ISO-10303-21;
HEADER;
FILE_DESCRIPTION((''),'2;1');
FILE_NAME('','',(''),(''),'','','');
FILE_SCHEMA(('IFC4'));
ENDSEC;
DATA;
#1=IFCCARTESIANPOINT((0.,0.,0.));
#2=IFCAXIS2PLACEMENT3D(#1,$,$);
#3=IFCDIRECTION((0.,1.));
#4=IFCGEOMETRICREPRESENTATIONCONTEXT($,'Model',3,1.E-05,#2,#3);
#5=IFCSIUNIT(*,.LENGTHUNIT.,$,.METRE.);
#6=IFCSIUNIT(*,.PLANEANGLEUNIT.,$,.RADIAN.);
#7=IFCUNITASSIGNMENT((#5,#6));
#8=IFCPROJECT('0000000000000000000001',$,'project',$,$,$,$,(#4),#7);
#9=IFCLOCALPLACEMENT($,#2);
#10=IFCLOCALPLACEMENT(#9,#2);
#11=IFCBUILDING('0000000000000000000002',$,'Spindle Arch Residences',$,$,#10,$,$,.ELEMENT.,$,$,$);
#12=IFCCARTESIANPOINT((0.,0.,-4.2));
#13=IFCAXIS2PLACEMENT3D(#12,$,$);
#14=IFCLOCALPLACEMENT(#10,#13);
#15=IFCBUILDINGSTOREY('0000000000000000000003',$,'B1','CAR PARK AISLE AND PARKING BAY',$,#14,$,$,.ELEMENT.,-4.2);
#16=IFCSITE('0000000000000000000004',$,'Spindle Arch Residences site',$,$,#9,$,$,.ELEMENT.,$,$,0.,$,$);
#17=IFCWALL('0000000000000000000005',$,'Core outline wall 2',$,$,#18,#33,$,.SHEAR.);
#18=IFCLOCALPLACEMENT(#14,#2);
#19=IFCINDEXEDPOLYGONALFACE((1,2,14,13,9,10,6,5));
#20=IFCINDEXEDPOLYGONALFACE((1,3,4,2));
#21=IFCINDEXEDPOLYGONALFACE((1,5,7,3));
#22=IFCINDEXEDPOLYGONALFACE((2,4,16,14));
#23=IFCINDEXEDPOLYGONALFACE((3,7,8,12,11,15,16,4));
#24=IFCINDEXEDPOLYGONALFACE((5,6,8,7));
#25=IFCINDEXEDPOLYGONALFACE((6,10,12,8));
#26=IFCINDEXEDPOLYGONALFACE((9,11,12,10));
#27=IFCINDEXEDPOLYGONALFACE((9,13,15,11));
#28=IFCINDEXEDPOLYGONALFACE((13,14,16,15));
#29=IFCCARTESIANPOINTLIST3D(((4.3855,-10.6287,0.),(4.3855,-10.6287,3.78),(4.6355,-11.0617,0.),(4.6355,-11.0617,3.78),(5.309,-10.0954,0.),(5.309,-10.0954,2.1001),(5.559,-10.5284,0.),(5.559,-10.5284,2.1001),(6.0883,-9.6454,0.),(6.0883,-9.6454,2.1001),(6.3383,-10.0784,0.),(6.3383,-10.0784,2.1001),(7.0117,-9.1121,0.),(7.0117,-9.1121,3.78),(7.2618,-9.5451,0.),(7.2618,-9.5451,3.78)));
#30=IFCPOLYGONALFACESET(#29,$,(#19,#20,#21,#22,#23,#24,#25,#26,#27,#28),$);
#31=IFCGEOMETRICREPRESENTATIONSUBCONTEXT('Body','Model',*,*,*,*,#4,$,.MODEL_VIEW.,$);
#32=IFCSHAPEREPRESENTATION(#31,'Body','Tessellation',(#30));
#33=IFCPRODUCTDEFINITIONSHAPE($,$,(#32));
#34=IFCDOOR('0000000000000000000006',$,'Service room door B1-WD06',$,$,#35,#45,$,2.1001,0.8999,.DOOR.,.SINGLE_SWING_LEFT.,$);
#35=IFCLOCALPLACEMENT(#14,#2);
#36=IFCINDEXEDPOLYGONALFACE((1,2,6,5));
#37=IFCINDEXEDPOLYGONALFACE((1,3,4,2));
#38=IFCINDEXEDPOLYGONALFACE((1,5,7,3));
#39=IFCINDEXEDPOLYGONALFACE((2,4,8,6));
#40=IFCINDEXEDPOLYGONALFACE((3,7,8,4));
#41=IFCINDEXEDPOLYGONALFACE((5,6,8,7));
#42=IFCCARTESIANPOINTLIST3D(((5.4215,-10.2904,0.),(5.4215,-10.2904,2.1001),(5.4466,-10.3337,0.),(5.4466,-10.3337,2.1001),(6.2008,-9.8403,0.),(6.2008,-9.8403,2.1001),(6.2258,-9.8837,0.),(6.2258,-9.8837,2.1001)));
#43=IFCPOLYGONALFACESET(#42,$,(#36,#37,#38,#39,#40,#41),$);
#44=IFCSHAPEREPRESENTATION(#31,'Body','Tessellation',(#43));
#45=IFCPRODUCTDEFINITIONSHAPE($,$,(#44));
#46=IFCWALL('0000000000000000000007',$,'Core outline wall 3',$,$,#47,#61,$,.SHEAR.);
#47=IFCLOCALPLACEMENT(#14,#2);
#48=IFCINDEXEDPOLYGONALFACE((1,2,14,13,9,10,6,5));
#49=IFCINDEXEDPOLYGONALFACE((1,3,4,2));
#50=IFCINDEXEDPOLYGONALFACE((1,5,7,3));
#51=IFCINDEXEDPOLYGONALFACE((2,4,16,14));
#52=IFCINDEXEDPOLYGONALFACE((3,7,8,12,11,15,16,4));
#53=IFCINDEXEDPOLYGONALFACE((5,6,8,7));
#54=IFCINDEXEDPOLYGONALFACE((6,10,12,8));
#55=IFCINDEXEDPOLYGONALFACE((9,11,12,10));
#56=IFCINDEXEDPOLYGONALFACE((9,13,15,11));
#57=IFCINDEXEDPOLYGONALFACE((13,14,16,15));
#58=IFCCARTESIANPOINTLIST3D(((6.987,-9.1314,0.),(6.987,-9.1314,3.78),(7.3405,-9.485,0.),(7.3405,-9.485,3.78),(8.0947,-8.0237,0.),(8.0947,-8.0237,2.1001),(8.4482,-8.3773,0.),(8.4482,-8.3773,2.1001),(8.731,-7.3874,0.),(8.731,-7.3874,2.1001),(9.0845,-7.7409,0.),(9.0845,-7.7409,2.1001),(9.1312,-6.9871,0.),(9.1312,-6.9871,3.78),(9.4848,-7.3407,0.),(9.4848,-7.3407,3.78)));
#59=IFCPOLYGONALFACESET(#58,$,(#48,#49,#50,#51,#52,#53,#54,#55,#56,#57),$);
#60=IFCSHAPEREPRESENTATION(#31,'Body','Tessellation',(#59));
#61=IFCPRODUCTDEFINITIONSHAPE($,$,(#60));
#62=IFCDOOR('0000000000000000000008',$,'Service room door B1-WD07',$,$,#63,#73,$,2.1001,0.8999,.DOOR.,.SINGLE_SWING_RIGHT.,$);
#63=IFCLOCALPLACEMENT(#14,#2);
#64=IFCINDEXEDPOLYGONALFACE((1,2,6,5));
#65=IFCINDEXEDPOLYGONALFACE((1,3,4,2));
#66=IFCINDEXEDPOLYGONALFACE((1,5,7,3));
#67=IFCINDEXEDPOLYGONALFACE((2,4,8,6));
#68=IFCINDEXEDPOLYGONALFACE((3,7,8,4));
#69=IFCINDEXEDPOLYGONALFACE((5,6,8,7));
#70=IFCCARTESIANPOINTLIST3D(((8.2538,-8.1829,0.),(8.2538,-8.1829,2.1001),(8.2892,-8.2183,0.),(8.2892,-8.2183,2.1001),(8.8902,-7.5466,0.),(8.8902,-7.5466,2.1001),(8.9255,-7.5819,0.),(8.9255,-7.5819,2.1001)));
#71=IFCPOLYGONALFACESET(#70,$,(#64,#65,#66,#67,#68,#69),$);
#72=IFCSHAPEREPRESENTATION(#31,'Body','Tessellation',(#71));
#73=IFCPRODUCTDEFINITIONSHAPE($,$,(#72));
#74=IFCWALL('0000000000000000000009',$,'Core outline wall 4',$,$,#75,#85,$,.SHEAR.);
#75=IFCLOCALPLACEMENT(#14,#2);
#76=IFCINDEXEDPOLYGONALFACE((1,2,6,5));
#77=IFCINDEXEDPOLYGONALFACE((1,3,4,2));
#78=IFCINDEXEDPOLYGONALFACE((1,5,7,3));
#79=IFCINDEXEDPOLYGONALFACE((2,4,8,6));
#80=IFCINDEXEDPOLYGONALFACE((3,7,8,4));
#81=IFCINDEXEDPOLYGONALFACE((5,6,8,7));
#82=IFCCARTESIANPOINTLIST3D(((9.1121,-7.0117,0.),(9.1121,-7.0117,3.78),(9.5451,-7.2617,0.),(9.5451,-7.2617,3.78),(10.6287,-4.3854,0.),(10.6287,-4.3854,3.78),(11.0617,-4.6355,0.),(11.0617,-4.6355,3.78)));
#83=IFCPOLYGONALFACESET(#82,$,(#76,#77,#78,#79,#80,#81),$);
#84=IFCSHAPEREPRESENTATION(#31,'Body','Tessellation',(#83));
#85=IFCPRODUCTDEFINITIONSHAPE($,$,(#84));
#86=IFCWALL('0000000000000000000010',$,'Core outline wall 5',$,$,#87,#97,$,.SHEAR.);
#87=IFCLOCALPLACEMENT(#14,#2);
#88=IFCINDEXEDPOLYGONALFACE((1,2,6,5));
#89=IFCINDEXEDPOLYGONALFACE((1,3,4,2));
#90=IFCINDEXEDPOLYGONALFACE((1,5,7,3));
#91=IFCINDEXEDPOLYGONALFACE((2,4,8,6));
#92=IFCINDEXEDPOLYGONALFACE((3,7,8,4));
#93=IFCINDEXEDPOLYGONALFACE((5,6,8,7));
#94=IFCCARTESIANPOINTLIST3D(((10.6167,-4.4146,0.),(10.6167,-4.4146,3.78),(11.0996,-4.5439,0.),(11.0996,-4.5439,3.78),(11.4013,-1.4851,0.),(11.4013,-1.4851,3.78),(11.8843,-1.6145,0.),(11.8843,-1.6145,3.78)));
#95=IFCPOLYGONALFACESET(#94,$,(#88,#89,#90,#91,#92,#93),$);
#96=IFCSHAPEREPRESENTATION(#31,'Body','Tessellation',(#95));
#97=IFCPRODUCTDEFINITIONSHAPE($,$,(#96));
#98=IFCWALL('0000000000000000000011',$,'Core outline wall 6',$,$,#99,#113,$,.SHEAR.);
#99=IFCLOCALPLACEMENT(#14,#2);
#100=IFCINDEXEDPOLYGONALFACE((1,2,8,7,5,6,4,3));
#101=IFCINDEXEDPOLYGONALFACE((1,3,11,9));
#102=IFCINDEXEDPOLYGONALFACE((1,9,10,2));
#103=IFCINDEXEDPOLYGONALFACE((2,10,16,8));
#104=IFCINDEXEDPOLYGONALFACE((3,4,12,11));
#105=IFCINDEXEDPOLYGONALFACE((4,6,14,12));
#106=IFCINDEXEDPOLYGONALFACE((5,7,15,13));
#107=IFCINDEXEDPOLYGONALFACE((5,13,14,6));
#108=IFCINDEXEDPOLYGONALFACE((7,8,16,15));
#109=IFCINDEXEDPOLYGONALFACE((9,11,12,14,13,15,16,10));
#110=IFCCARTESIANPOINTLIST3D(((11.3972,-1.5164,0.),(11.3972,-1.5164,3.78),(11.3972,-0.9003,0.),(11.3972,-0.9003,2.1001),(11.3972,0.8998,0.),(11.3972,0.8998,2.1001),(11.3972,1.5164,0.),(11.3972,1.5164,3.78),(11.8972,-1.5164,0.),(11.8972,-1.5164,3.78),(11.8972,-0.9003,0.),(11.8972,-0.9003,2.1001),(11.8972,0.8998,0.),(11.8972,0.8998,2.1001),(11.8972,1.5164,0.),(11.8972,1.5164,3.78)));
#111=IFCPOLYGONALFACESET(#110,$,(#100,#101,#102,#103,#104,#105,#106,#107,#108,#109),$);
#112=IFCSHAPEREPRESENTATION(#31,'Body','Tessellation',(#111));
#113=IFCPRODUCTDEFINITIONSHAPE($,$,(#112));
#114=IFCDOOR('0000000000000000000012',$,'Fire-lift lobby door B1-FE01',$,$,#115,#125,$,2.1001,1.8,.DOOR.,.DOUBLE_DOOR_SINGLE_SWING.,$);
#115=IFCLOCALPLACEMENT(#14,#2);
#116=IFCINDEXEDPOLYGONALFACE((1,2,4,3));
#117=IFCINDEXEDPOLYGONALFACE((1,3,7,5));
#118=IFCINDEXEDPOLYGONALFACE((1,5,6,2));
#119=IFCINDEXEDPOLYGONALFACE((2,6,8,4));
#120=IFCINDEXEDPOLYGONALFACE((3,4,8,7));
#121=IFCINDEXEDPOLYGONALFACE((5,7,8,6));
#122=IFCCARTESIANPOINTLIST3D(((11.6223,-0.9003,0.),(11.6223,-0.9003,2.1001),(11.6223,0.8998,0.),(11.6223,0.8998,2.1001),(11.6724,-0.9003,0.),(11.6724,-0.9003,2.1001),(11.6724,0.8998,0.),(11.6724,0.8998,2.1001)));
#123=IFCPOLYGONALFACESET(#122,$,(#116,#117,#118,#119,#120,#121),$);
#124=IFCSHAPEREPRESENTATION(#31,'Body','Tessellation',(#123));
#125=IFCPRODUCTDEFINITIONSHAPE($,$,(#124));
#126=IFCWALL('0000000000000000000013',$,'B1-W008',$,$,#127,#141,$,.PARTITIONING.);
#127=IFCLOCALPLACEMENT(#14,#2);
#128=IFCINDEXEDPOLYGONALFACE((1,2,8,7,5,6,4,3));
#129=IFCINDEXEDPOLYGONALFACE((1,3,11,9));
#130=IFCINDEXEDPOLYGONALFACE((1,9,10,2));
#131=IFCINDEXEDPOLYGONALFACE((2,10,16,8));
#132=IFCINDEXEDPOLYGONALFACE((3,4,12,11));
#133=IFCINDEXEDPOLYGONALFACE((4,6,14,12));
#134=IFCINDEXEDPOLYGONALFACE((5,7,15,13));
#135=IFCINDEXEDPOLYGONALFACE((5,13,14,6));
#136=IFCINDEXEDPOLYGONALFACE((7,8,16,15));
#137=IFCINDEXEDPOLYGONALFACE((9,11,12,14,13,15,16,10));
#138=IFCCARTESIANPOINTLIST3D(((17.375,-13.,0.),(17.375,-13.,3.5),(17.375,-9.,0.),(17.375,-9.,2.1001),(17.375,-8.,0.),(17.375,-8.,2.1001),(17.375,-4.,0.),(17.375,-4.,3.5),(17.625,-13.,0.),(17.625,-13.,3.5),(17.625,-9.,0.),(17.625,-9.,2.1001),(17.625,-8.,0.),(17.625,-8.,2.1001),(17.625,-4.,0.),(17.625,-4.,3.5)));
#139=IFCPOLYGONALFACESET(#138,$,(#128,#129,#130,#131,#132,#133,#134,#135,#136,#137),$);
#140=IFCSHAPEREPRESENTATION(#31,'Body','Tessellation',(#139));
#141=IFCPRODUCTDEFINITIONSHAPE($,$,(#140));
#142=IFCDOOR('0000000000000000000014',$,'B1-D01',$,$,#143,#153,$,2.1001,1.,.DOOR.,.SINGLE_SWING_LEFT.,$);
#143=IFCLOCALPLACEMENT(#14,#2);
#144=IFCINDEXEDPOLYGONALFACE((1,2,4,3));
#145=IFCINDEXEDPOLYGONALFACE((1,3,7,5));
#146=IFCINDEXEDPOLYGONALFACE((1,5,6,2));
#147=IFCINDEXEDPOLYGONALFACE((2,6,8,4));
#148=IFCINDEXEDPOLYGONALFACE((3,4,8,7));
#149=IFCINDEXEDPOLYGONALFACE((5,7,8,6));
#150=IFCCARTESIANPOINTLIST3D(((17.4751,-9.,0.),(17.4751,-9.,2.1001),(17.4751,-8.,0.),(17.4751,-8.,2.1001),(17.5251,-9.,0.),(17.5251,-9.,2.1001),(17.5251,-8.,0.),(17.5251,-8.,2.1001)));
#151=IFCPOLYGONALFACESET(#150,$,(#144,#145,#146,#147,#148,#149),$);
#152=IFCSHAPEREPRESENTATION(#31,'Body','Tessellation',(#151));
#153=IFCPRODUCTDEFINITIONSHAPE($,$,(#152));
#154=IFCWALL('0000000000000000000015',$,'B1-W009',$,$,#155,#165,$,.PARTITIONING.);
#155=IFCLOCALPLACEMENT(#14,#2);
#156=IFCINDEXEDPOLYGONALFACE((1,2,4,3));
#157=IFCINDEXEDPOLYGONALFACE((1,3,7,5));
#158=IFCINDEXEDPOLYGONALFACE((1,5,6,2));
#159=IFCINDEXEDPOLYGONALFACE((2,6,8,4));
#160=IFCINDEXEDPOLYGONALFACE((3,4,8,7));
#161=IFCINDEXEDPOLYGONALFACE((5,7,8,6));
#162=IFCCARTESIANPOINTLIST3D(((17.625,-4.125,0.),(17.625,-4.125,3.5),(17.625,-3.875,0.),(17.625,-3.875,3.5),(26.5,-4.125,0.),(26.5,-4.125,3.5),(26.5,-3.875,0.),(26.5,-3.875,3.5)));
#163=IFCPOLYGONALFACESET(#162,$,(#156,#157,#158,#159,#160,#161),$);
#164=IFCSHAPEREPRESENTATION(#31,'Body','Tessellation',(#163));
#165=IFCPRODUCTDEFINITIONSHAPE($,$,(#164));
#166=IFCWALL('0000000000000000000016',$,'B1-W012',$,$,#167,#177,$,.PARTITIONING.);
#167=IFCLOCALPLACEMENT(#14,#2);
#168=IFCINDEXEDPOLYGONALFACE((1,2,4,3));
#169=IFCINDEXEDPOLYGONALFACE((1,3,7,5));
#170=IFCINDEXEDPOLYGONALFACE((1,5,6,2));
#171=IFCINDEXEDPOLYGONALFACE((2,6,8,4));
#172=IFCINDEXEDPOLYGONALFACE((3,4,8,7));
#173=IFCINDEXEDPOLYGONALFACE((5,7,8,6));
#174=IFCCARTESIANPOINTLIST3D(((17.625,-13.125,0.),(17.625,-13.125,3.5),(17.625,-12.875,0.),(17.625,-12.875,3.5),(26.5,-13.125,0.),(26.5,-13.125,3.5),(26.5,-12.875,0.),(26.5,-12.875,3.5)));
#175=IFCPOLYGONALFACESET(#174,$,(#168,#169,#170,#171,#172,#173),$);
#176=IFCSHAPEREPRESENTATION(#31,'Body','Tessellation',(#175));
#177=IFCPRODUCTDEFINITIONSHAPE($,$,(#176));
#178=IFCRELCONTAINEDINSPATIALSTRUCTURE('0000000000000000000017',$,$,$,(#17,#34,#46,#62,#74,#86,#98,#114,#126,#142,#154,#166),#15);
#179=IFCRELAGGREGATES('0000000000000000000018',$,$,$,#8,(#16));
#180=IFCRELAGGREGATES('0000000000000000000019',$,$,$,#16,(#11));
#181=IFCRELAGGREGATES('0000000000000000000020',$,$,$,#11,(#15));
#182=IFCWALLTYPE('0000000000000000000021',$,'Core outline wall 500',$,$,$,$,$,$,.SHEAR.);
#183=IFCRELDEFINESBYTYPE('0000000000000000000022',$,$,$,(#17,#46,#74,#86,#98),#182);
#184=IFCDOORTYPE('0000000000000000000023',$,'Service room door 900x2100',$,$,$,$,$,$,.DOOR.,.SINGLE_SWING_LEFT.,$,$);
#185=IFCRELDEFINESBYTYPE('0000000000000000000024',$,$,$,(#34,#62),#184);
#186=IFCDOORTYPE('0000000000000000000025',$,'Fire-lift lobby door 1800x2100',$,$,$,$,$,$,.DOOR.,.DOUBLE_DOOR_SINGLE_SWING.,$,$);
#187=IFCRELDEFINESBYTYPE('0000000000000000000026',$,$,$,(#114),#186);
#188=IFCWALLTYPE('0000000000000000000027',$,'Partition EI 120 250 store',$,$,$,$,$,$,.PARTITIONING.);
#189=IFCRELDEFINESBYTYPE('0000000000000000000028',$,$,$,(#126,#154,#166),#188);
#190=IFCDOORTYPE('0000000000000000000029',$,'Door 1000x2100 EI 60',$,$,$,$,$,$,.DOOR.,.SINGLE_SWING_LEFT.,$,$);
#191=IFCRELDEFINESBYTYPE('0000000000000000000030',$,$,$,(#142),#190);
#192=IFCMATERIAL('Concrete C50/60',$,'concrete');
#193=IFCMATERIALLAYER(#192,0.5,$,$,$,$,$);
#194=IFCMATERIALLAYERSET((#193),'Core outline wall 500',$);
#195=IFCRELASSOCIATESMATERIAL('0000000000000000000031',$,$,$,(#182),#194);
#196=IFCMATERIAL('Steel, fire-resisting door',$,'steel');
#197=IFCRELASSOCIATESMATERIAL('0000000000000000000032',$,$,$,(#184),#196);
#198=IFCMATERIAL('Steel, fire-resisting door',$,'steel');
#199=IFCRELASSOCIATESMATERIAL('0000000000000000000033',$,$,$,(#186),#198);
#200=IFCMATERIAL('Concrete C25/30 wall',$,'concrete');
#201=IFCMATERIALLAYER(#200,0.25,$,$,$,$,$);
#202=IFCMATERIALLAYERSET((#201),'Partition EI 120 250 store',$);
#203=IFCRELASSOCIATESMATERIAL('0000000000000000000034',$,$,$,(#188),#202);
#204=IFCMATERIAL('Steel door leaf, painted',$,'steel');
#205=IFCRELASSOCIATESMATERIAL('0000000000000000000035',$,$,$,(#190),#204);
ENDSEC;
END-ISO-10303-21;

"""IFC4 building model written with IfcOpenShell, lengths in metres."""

from ifc_helpers import new_model, si_unit, direction, frame, frame_2d, origin, place, context, subcontext, project, spatial, rectangle, extrude, material, layer, layer_set, type_object, element, fill, save


model = new_model("IFC4")

# Units and contexts
model_context = context("Model", 3, precision=1e-05, world=origin(), true_north=direction((0.0, 1.0)))
body_context = subcontext(model_context, "Body", "Model", "MODEL_VIEW")
ifc_project = project(units=[si_unit("LENGTHUNIT", "METRE"), si_unit("PLANEANGLEUNIT", "RADIAN")], contexts=[model_context])

# Site, building, storey
site_placement = place(None, origin())
site = spatial("IfcSite", under=ifc_project, at=site_placement, Name="Spindle Arch Residences site", CompositionType="ELEMENT", RefElevation=0.0)
building_placement = place(site_placement, origin())
building = spatial("IfcBuilding", under=site, at=building_placement, Name="Spindle Arch Residences", CompositionType="ELEMENT")
storey_placement = place(building_placement, frame((0.0, 0.0, -4.2)))
storey = spatial("IfcBuildingStorey", under=building, at=storey_placement, Name="B1", Description="CAR PARK AISLE AND PARKING BAY", CompositionType="ELEMENT", Elevation=-4.2)

# Walls, openings, doors
ifc_material_1 = material(Name="Concrete C50/60", Category="concrete")
ifc_layer_1 = layer(ifc_material_1, 0.5)
ifc_layer_set_1 = layer_set([ifc_layer_1], Name="Core outline wall 500")
wall_type_1 = type_object("IfcWallType", Name="Core outline wall 500", PredefinedType="SHEAR", material=ifc_layer_set_1)
wall_1_placement = place(storey_placement, frame((4.5105, -10.8452, 0.0), z_axis=(0.0, 0.0, 1.0), x_axis=(0.865975, 0.500087, 0.0)))
wall_1 = element("IfcWall", 1, at=wall_1_placement, inside=storey, type_object=wall_type_1, Name="Core outline wall 2", PredefinedType="SHEAR", context=body_context, shape_type="SweptSolid", body=[
    extrude(rectangle(XDim=3.0327, YDim=0.5, at=frame_2d((1.5164, 0.0))), origin(), (0.0, 0.0, 1.0), 3.78),
])
opening_1_placement = place(wall_1_placement, frame((1.0664, 0.0, 0.0)))
opening_1 = element("IfcOpeningElement", 2, at=opening_1_placement, cuts=wall_1, PredefinedType="OPENING", context=body_context, shape_type="SweptSolid", body=[
    extrude(rectangle(XDim=0.8999, YDim=2.1001, at=frame_2d((0.45, 1.05))), frame((0.0, 0.26, 0.0), z_axis=(0.0, -1.0, 0.0), x_axis=(1.0, 0.0, 0.0)), (0.0, 0.0, 1.0), 0.52),
])
ifc_material_2 = material(Name="Steel, fire-resisting door", Category="steel")
door_type_1 = type_object("IfcDoorType", Name="Service room door 900x2100", OperationType="SINGLE_SWING_LEFT", PredefinedType="DOOR", material=ifc_material_2)
door_1_placement = place(opening_1_placement, origin())
door_1 = element("IfcDoor", 3, at=door_1_placement, inside=storey, type_object=door_type_1, Name="Service room door B1-WD06", OperationType="SINGLE_SWING_LEFT", OverallHeight=2.1001, OverallWidth=0.8999, PredefinedType="DOOR", context=body_context, shape_type="SweptSolid", body=[
    extrude(rectangle(XDim=0.8999, YDim=2.1001, at=frame_2d((0.45, 1.05))), frame((0.0, 0.0249, 0.0), z_axis=(0.0, -1.0, 0.0), x_axis=(1.0, 0.0, 0.0)), (0.0, 0.0, 1.0), 0.05),
])
fill(opening_1, door_1)
wall_2_placement = place(storey_placement, frame((7.1638, -9.3081, 0.0), z_axis=(0.0, 0.0, 1.0), x_axis=(0.707107, 0.707107, 0.0)))
wall_2 = element("IfcWall", 4, at=wall_2_placement, inside=storey, type_object=wall_type_1, Name="Core outline wall 3", PredefinedType="SHEAR", context=body_context, shape_type="SweptSolid", body=[
    extrude(rectangle(XDim=3.0325, YDim=0.5, at=frame_2d((1.5161, 0.0))), origin(), (0.0, 0.0, 1.0), 3.78),
])
opening_2_placement = place(wall_2_placement, frame((1.5664, 0.0, 0.0)))
opening_2 = element("IfcOpeningElement", 5, at=opening_2_placement, cuts=wall_2, PredefinedType="OPENING", context=body_context, shape_type="SweptSolid", body=[
    extrude(rectangle(XDim=0.8999, YDim=2.1001, at=frame_2d((0.45, 1.05))), frame((0.0, 0.26, 0.0), z_axis=(0.0, -1.0, 0.0), x_axis=(1.0, 0.0, 0.0)), (0.0, 0.0, 1.0), 0.52),
])
door_2_placement = place(opening_2_placement, origin())
door_2 = element("IfcDoor", 6, at=door_2_placement, inside=storey, type_object=door_type_1, Name="Service room door B1-WD07", OperationType="SINGLE_SWING_RIGHT", OverallHeight=2.1001, OverallWidth=0.8999, PredefinedType="DOOR", context=body_context, shape_type="SweptSolid", body=[
    extrude(rectangle(XDim=0.8999, YDim=2.1001, at=frame_2d((0.45, 1.05))), frame((0.0, 0.0249, 0.0), z_axis=(0.0, -1.0, 0.0), x_axis=(1.0, 0.0, 0.0)), (0.0, 0.0, 1.0), 0.05),
])
fill(opening_2, door_2)

# Walls
for number, where, z_axis, x_axis, name in (
    (7, (9.3286, -7.1367, 0.0), (0.0, 0.0, 1.0), (0.500087, 0.865975, 0.0), "Core outline wall 4"),
    (8, (10.8582, -4.4792, 0.0), (0.0, 0.0, 1.0), (0.258735, 0.965948, 0.0), "Core outline wall 5"),
):
    element("IfcWall", number, at=place(storey_placement, frame(where, z_axis=z_axis, x_axis=x_axis)), inside=storey, type_object=wall_type_1, Name=name, PredefinedType="SHEAR", context=body_context, shape_type="SweptSolid", body=[
        extrude(rectangle(XDim=3.0327, YDim=0.5, at=frame_2d((1.5164, 0.0))), origin(), (0.0, 0.0, 1.0), 3.78),
    ])

# Walls, openings, doors
wall_3_placement = place(storey_placement, frame((11.6472, -1.5164, 0.0), z_axis=(0.0, 0.0, 1.0), x_axis=(0.0, 1.0, 0.0)))
wall_3 = element("IfcWall", 9, at=wall_3_placement, inside=storey, type_object=wall_type_1, Name="Core outline wall 6", PredefinedType="SHEAR", context=body_context, shape_type="SweptSolid", body=[
    extrude(rectangle(XDim=3.0327, YDim=0.5, at=frame_2d((1.5164, 0.0))), origin(), (0.0, 0.0, 1.0), 3.78),
])
opening_3_placement = place(wall_3_placement, frame((0.6162, 0.0, 0.0)))
opening_3 = element("IfcOpeningElement", 10, at=opening_3_placement, cuts=wall_3, PredefinedType="OPENING", context=body_context, shape_type="SweptSolid", body=[
    extrude(rectangle(XDim=1.8, YDim=2.1001, at=frame_2d((0.8999, 1.05))), frame((0.0, 0.26, 0.0), z_axis=(0.0, -1.0, 0.0), x_axis=(1.0, 0.0, 0.0)), (0.0, 0.0, 1.0), 0.52),
])
ifc_material_3 = material(Name="Steel, fire-resisting door", Category="steel")
door_type_2 = type_object("IfcDoorType", Name="Fire-lift lobby door 1800x2100", OperationType="DOUBLE_DOOR_SINGLE_SWING", PredefinedType="DOOR", material=ifc_material_3)
door_3_placement = place(opening_3_placement, origin())
door_3 = element("IfcDoor", 11, at=door_3_placement, inside=storey, type_object=door_type_2, Name="Fire-lift lobby door B1-FE01", OperationType="DOUBLE_DOOR_SINGLE_SWING", OverallHeight=2.1001, OverallWidth=1.8, PredefinedType="DOOR", context=body_context, shape_type="SweptSolid", body=[
    extrude(rectangle(XDim=1.8, YDim=2.1001, at=frame_2d((0.8999, 1.05))), frame((0.0, 0.0249, 0.0), z_axis=(0.0, -1.0, 0.0), x_axis=(1.0, 0.0, 0.0)), (0.0, 0.0, 1.0), 0.05),
])
fill(opening_3, door_3)
ifc_material_4 = material(Name="Concrete C25/30 wall", Category="concrete")
ifc_layer_2 = layer(ifc_material_4, 0.25)
ifc_layer_set_2 = layer_set([ifc_layer_2], Name="Partition EI 120 250 store")
wall_type_2 = type_object("IfcWallType", Name="Partition EI 120 250 store", PredefinedType="PARTITIONING", material=ifc_layer_set_2)
wall_4_placement = place(storey_placement, frame((17.5, -13.0, 0.0), z_axis=(0.0, 0.0, 1.0), x_axis=(0.0, 1.0, 0.0)))
wall_4 = element("IfcWall", 12, at=wall_4_placement, inside=storey, type_object=wall_type_2, Name="B1-W008", PredefinedType="PARTITIONING", context=body_context, shape_type="SweptSolid", body=[
    extrude(rectangle(XDim=9.0, YDim=0.25, at=frame_2d((4.5, 0.0))), origin(), (0.0, 0.0, 1.0), 3.5),
])
opening_4_placement = place(wall_4_placement, frame((4.0, 0.0, 0.0)))
opening_4 = element("IfcOpeningElement", 13, at=opening_4_placement, cuts=wall_4, PredefinedType="OPENING", context=body_context, shape_type="SweptSolid", body=[
    extrude(rectangle(XDim=1.0, YDim=2.1001, at=frame_2d((0.5, 1.05))), frame((0.0, 0.135, 0.0), z_axis=(0.0, -1.0, 0.0), x_axis=(1.0, 0.0, 0.0)), (0.0, 0.0, 1.0), 0.27),
])
ifc_material_5 = material(Name="Steel door leaf, painted", Category="steel")
door_type_3 = type_object("IfcDoorType", Name="Door 1000x2100 EI 60", OperationType="SINGLE_SWING_LEFT", PredefinedType="DOOR", material=ifc_material_5)
door_4_placement = place(opening_4_placement, origin())
door_4 = element("IfcDoor", 14, at=door_4_placement, inside=storey, type_object=door_type_3, Name="B1-D01", OperationType="SINGLE_SWING_LEFT", OverallHeight=2.1001, OverallWidth=1.0, PredefinedType="DOOR", context=body_context, shape_type="SweptSolid", body=[
    extrude(rectangle(XDim=1.0, YDim=2.1001, at=frame_2d((0.5, 1.05))), frame((0.0, 0.0249, 0.0), z_axis=(0.0, -1.0, 0.0), x_axis=(1.0, 0.0, 0.0)), (0.0, 0.0, 1.0), 0.05),
])
fill(opening_4, door_4)

# Walls
for number, where, z_axis, x_axis, name in (
    (15, (17.625, -4.0, 0.0), (0.0, 0.0, 1.0), (1.0, 0.0, 0.0), "B1-W009"),
    (16, (26.5, -13.0, 0.0), (0.0, 0.0, 1.0), (-1.0, 0.0, 0.0), "B1-W012"),
):
    element("IfcWall", number, at=place(storey_placement, frame(where, z_axis=z_axis, x_axis=x_axis)), inside=storey, type_object=wall_type_2, Name=name, PredefinedType="PARTITIONING", context=body_context, shape_type="SweptSolid", body=[
        extrude(rectangle(XDim=8.875, YDim=0.25, at=frame_2d((4.4375, 0.0))), origin(), (0.0, 0.0, 1.0), 3.5),
    ])

save(model, "model.ifc")
